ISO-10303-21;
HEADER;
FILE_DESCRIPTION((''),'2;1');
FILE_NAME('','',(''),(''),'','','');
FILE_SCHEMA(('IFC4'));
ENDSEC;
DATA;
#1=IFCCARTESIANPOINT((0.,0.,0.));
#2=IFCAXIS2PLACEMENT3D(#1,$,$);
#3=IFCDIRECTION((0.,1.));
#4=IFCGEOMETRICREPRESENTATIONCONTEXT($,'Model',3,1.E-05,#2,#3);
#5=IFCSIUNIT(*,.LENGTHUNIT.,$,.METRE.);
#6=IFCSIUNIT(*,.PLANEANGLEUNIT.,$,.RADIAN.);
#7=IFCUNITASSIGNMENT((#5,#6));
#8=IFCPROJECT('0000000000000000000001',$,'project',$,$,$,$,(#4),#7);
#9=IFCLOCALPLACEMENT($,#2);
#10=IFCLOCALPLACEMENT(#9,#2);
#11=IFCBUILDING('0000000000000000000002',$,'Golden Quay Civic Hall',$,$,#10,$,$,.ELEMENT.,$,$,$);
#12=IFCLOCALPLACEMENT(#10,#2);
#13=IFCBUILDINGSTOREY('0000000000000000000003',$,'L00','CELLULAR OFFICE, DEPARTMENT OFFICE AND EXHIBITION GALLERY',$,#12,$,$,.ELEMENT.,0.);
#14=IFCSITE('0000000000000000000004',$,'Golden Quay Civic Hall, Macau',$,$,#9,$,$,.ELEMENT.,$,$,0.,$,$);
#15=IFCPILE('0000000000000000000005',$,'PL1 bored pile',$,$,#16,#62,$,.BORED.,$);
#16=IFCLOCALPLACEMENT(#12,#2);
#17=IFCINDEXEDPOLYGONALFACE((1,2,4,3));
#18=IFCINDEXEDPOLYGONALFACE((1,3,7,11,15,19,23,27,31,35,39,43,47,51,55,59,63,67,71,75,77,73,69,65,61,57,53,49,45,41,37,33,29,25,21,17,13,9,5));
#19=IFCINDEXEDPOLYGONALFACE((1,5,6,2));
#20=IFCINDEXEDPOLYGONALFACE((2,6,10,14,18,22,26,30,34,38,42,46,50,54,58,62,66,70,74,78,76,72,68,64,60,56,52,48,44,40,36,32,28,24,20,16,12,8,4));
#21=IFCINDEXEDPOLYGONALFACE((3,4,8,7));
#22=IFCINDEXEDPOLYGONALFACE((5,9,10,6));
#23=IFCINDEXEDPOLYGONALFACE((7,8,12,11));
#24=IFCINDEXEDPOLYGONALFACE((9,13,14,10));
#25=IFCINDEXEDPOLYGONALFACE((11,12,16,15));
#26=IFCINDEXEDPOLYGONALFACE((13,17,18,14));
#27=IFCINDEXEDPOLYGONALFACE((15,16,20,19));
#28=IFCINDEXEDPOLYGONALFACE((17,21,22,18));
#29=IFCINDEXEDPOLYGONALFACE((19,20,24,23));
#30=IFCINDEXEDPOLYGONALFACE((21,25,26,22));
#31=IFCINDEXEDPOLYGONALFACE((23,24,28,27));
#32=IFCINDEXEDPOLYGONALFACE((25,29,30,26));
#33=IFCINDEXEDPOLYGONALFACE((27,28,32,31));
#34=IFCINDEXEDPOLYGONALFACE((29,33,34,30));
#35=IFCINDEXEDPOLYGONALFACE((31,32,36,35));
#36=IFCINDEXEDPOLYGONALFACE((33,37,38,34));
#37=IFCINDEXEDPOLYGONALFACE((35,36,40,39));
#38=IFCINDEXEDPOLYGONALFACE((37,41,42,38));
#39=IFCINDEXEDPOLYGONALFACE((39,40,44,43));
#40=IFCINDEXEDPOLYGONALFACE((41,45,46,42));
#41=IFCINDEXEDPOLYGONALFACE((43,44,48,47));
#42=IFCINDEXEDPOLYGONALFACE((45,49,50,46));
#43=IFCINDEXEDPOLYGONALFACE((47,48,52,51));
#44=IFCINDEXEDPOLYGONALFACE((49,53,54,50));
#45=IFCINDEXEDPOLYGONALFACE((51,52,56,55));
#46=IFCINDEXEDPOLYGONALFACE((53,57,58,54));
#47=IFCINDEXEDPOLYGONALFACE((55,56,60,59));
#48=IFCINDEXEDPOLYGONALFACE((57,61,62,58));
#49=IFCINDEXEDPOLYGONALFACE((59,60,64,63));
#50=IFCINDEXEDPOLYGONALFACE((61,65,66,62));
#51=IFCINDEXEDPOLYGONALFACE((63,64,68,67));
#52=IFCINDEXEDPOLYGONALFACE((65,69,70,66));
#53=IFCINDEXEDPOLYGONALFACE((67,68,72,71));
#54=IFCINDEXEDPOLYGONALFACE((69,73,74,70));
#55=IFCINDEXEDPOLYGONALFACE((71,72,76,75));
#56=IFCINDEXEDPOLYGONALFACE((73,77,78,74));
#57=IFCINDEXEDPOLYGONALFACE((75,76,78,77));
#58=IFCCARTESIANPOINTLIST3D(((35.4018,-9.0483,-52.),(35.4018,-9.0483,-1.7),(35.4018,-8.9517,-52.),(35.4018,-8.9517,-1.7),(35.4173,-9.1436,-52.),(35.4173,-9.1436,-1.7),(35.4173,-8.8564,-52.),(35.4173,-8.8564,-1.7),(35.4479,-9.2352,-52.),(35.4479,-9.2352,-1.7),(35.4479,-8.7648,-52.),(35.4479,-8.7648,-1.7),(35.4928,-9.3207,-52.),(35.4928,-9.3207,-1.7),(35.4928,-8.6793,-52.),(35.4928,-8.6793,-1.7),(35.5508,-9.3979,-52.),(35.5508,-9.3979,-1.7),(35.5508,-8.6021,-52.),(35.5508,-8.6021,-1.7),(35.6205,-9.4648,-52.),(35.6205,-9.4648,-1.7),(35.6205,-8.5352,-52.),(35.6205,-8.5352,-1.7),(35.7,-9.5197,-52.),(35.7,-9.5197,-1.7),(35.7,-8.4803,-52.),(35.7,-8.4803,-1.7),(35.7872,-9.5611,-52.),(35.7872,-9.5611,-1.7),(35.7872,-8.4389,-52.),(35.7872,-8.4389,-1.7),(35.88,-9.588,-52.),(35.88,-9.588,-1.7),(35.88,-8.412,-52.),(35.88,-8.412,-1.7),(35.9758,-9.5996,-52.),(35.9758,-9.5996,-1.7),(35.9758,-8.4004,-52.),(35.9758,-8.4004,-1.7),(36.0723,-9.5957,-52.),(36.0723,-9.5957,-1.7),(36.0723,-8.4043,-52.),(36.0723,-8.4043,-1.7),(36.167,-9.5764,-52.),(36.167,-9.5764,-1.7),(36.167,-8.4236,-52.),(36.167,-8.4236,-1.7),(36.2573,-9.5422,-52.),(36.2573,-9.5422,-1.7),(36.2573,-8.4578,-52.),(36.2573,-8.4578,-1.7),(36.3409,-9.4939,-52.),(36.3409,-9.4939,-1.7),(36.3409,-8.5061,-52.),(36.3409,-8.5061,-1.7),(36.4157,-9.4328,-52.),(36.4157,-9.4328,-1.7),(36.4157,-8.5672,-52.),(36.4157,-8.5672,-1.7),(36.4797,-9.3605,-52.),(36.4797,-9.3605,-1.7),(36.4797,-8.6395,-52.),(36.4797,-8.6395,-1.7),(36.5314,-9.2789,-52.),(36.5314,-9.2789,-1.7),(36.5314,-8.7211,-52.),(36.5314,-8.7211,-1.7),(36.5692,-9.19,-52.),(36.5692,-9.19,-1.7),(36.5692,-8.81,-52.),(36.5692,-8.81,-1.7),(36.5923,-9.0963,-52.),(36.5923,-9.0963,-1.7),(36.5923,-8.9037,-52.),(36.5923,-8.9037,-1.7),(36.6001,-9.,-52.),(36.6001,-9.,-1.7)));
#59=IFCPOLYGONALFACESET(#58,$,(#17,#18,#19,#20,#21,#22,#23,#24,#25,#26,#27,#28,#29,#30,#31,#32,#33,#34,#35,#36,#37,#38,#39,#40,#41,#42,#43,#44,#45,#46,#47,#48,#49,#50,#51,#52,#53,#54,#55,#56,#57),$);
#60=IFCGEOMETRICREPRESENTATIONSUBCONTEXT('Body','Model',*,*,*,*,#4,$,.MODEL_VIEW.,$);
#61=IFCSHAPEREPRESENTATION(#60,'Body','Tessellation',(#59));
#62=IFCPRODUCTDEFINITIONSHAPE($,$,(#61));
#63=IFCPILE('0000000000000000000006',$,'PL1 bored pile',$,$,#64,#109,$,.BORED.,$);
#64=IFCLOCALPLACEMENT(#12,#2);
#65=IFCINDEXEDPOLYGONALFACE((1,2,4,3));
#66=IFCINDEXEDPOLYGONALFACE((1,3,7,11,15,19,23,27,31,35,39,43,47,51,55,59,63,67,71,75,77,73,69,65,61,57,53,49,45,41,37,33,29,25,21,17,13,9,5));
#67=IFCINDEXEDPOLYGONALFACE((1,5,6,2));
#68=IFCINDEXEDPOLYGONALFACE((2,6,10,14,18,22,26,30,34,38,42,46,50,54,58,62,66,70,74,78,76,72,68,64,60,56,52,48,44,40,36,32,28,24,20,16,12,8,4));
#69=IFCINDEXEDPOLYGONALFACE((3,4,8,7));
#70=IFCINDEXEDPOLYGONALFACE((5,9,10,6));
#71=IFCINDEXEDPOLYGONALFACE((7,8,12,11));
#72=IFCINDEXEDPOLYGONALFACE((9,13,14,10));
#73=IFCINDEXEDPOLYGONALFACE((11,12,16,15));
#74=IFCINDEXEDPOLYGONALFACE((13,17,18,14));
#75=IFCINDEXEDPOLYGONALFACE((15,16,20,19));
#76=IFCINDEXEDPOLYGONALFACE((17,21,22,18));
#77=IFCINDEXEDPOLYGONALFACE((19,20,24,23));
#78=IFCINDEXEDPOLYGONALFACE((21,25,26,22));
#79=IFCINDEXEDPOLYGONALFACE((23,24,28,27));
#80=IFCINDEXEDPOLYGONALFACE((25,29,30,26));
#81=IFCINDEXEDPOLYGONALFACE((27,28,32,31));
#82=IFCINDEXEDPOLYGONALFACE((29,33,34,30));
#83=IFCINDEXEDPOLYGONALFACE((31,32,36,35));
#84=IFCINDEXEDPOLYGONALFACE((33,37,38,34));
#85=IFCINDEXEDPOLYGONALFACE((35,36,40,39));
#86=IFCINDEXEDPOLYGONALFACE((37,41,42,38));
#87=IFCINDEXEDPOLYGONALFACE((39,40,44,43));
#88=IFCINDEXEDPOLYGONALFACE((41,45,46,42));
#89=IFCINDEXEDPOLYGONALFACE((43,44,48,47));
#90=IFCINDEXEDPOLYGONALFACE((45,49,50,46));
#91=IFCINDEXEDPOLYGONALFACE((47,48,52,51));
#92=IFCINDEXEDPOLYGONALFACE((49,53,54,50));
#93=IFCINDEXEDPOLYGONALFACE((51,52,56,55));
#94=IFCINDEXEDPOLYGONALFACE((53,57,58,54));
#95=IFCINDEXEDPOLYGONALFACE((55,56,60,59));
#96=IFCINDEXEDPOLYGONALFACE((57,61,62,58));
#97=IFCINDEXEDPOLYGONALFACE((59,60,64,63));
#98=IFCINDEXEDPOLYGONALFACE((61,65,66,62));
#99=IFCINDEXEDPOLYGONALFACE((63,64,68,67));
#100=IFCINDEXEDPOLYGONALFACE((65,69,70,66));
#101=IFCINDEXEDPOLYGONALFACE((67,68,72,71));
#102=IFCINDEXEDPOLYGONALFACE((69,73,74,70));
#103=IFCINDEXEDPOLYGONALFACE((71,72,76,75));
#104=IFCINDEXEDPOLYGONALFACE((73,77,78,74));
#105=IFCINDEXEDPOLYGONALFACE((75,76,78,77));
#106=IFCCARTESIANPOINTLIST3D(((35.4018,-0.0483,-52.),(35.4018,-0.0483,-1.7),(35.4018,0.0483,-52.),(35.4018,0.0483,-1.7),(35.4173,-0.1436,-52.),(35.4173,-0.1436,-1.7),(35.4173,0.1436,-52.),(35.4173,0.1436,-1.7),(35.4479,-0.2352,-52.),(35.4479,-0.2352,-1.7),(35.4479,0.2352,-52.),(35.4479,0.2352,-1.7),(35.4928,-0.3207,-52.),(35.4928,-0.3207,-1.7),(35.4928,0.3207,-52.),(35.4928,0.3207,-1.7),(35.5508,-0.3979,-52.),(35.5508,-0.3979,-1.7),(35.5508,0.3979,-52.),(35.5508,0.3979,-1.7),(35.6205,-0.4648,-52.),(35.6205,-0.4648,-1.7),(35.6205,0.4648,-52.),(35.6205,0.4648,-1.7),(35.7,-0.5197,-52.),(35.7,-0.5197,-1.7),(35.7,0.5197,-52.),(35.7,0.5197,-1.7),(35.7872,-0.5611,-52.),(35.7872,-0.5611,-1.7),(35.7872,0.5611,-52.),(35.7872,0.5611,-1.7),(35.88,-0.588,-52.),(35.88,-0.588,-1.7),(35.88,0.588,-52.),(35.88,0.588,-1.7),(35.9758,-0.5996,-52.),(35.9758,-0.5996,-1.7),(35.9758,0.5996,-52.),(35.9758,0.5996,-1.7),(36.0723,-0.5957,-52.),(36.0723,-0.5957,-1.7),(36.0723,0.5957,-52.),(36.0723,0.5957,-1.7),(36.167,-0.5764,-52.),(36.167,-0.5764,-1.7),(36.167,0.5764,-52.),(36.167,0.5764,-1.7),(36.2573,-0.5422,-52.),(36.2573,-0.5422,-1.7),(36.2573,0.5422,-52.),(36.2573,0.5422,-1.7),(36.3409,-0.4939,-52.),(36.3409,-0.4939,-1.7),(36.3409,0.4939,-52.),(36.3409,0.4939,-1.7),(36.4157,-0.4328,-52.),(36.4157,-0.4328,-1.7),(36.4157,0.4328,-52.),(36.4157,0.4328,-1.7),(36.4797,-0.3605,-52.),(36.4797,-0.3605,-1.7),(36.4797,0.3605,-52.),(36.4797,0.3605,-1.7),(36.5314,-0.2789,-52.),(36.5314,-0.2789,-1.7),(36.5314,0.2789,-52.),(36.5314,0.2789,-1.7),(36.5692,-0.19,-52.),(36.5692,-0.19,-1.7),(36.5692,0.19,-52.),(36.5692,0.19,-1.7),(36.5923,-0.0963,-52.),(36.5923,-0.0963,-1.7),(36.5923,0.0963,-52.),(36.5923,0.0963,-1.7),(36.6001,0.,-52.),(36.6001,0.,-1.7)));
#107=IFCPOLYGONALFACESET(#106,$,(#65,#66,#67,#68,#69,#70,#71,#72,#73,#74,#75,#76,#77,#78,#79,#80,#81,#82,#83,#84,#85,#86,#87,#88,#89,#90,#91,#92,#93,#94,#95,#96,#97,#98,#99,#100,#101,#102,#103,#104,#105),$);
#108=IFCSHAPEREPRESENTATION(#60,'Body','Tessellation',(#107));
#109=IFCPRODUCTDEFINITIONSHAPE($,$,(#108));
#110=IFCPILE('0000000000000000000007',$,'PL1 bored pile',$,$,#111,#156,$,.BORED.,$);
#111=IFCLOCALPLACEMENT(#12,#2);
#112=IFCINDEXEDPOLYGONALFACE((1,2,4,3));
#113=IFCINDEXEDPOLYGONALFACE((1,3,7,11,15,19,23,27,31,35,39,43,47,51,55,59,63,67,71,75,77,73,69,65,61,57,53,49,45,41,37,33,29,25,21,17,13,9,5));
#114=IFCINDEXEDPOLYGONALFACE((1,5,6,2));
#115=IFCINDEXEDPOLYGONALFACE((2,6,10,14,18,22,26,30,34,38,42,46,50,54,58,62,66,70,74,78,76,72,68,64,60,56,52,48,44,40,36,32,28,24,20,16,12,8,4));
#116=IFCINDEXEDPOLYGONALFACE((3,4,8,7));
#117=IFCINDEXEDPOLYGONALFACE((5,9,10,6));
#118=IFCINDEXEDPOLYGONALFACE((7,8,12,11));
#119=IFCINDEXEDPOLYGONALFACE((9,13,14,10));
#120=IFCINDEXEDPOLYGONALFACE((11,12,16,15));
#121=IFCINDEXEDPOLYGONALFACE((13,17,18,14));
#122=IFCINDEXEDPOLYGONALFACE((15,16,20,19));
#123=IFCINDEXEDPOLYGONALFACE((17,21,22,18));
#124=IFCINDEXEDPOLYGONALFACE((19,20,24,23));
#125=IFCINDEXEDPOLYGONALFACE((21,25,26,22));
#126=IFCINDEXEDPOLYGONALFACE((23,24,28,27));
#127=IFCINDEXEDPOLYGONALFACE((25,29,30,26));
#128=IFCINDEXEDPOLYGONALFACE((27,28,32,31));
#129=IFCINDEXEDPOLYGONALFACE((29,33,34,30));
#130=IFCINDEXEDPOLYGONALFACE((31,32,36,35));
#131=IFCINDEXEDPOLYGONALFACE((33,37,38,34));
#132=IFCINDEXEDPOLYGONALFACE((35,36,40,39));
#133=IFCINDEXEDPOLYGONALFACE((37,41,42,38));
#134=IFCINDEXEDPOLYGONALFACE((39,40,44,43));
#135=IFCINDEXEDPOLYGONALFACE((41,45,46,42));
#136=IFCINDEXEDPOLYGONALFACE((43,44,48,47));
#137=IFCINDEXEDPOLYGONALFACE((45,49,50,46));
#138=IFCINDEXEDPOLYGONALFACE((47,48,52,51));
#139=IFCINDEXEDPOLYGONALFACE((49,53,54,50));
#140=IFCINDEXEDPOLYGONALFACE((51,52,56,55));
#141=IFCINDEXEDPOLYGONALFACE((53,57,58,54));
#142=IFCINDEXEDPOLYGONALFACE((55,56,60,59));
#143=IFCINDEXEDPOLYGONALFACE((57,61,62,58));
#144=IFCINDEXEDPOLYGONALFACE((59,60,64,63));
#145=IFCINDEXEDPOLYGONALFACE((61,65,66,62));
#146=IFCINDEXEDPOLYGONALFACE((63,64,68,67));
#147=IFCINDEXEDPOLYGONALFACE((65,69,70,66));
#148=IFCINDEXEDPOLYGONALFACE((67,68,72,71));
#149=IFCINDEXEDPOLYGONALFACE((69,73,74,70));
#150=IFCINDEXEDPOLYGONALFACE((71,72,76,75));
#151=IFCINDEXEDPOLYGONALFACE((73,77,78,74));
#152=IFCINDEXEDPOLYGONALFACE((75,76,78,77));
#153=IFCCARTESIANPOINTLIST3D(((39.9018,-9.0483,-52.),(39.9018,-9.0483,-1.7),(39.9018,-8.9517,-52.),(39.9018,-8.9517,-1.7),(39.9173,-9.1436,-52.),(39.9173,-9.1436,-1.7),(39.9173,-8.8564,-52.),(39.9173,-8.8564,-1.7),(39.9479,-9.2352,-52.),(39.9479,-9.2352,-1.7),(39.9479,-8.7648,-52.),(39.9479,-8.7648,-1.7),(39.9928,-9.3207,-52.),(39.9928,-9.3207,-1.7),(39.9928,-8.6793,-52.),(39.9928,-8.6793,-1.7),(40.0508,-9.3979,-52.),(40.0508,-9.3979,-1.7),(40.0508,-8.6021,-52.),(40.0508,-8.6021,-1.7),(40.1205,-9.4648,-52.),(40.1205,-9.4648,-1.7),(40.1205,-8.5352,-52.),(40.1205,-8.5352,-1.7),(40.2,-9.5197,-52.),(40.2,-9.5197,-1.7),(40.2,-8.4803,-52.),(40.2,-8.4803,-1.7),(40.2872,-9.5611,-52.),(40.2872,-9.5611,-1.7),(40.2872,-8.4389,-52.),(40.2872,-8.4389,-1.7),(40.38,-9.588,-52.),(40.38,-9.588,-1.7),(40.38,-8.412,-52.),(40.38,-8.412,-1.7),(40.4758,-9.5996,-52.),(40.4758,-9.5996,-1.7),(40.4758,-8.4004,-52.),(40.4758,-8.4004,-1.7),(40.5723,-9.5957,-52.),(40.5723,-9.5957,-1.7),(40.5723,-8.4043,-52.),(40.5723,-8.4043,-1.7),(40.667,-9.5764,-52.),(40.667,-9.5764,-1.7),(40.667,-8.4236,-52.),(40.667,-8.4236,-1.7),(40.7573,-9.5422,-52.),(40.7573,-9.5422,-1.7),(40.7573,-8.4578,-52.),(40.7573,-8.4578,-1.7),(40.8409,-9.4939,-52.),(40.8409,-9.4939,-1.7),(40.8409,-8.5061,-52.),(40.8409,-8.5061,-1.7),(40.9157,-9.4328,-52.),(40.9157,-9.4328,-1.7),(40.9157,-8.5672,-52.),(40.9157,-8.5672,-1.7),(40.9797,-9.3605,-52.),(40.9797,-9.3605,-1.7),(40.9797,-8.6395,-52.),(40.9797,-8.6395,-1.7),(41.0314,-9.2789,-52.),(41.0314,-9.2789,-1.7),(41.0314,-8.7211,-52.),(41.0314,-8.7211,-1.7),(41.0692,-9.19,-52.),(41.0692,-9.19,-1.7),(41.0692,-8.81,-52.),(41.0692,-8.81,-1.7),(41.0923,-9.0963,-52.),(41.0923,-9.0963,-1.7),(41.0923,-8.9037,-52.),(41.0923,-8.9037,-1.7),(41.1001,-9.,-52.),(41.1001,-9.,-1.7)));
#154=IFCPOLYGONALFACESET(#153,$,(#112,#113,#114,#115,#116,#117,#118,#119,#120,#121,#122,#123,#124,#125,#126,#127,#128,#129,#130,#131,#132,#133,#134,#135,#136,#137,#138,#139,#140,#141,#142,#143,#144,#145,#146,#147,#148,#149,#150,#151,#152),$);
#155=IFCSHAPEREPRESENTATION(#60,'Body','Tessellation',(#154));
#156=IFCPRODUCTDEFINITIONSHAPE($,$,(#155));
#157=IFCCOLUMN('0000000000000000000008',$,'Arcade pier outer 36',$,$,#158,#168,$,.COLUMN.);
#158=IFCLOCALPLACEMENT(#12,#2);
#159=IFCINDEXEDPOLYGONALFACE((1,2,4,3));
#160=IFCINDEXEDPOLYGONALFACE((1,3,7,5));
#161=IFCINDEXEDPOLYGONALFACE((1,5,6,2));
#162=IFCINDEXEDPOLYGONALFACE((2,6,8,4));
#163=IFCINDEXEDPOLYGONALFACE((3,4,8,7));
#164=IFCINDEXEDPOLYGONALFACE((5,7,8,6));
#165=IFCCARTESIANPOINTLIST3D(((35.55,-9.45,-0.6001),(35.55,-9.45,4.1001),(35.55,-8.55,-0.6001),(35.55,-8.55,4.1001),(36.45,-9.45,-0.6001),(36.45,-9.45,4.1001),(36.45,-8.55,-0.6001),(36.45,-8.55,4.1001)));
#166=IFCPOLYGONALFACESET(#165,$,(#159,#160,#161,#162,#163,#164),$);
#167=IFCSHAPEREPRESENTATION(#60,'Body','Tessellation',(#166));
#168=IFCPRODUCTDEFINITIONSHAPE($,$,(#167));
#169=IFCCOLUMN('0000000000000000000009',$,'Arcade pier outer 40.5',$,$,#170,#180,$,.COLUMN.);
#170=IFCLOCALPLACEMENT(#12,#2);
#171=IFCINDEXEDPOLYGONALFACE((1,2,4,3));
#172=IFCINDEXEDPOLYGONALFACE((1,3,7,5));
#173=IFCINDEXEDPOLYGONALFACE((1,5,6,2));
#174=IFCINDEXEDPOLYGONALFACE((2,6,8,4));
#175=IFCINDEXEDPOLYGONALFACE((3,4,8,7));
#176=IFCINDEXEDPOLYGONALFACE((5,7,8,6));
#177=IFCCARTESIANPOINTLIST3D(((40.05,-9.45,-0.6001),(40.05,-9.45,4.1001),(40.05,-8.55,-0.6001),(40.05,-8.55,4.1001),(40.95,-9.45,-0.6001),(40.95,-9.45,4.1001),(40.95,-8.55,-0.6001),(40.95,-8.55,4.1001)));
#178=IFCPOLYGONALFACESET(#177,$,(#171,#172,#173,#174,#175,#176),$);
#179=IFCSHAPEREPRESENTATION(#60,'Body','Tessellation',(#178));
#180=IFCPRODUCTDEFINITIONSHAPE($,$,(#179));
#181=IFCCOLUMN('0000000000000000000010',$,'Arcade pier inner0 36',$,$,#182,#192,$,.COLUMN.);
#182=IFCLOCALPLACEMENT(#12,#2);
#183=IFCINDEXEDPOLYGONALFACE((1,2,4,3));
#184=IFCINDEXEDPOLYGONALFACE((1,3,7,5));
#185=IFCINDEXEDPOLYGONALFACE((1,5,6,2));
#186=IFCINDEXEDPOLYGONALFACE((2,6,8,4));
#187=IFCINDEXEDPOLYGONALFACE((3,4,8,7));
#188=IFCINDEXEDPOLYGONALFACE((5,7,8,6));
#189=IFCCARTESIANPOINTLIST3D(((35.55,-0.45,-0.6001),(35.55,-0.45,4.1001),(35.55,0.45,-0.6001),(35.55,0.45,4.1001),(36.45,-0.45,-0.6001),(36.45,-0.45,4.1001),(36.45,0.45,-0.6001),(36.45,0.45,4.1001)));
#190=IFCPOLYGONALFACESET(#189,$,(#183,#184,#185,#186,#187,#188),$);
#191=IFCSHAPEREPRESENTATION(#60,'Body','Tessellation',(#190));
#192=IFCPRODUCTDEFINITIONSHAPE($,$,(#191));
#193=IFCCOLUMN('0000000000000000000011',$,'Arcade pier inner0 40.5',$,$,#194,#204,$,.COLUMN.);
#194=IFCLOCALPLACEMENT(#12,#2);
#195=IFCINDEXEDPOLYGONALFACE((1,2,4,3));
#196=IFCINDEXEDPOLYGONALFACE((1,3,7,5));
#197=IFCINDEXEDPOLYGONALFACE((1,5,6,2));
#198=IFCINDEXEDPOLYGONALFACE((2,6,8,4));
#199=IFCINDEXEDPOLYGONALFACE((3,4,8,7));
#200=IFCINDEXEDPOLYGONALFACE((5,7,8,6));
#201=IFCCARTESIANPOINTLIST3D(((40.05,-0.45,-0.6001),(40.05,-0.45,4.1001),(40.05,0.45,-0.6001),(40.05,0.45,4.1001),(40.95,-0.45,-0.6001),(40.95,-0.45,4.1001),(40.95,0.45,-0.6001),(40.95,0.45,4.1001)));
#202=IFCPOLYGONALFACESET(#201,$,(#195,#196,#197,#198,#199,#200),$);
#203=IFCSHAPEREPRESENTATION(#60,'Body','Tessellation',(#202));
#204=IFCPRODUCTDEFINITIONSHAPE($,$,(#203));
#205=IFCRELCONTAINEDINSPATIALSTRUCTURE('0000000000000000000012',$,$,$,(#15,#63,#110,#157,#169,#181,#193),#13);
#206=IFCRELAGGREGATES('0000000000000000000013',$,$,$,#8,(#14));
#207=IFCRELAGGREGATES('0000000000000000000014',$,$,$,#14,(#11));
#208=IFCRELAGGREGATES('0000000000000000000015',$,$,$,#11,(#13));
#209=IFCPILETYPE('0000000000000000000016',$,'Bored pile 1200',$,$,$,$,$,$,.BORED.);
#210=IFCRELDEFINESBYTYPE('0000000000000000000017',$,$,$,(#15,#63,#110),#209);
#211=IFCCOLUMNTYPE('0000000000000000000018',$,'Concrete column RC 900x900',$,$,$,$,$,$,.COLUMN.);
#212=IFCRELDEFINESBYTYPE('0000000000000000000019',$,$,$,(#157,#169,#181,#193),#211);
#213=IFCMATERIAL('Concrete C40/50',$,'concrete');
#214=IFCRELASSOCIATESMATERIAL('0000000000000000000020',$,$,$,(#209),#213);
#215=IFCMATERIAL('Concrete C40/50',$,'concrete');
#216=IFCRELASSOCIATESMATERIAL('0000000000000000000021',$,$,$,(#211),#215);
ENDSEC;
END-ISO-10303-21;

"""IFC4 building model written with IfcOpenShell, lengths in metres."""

from ifc_helpers import new_model, si_unit, direction, frame, origin, origin_2d, place, context, subcontext, project, spatial, rectangle, circle, extrude, material, material_profile, profile_set, type_object, element, save


model = new_model("IFC4")

# Units and contexts
model_context = context("Model", 3, precision=1e-05, world=origin(), true_north=direction((0.0, 1.0)))
body_context = subcontext(model_context, "Body", "Model", "MODEL_VIEW")
ifc_project = project(units=[si_unit("LENGTHUNIT", "METRE"), si_unit("PLANEANGLEUNIT", "RADIAN")], contexts=[model_context])

# Site, building, storey
site_placement = place(None, origin())
site = spatial("IfcSite", under=ifc_project, at=site_placement, Name="Golden Quay Civic Hall, Macau", CompositionType="ELEMENT", RefElevation=0.0)
building_placement = place(site_placement, origin())
building = spatial("IfcBuilding", under=site, at=building_placement, Name="Golden Quay Civic Hall", CompositionType="ELEMENT")
storey_placement = place(building_placement, origin())
storey = spatial("IfcBuildingStorey", under=building, at=storey_placement, Name="L00", Description="CELLULAR OFFICE, DEPARTMENT OFFICE AND EXHIBITION GALLERY", CompositionType="ELEMENT", Elevation=0.0)

# Piles
ifc_material_1 = material(Name="Concrete C40/50", Category="concrete")
ifc_material_profile_1 = material_profile(ifc_material_1, circle(Radius=0.6001, at=origin_2d()), Name="RC D1200")
ifc_profile_set_1 = profile_set([ifc_material_profile_1], Name="Concrete C40/50")
pile_type = type_object("IfcPileType", Name="Bored pile 1200", PredefinedType="BORED", material=ifc_profile_set_1)
for number, where, z_axis, x_axis, name in (
    (1, (36.0, -9.0, -1.7), (0.0, 0.0, -1.0), (1.0, 0.0, 0.0), "PL1 bored pile"),
    (2, (36.0, 0.0, -1.7), (0.0, 0.0, -1.0), (1.0, 0.0, 0.0), "PL1 bored pile"),
    (3, (40.5, -9.0, -1.7), (0.0, 0.0, -1.0), (1.0, 0.0, 0.0), "PL1 bored pile"),
):
    element("IfcPile", number, at=place(storey_placement, frame(where, z_axis=z_axis, x_axis=x_axis)), inside=storey, type_object=pile_type, Name=name, PredefinedType="BORED", context=body_context, shape_type="SweptSolid", body=[
        extrude(circle(Radius=0.6001, at=origin_2d()), origin(), (0.0, 0.0, 1.0), 50.3),
    ])

# Columns
ifc_material_2 = material(Name="Concrete C40/50", Category="concrete")
ifc_material_profile_2 = material_profile(ifc_material_2, rectangle(XDim=0.8999, YDim=0.8999, at=origin_2d()), Name="RC 900x900")
ifc_profile_set_2 = profile_set([ifc_material_profile_2], Name="Concrete C40/50")
column_type = type_object("IfcColumnType", Name="Concrete column RC 900x900", PredefinedType="COLUMN", material=ifc_profile_set_2)
for number, where, z_axis, x_axis, name in (
    (4, (36.0, -9.0, -0.6001), (0.0, 0.0, 1.0), (1.0, 0.0, 0.0), "Arcade pier outer 36"),
    (5, (40.5, -9.0, -0.6001), (0.0, 0.0, 1.0), (1.0, 0.0, 0.0), "Arcade pier outer 40.5"),
    (6, (36.0, 0.0, -0.6001), (0.0, 0.0, 1.0), (1.0, 0.0, 0.0), "Arcade pier inner0 36"),
    (7, (40.5, 0.0, -0.6001), (0.0, 0.0, 1.0), (1.0, 0.0, 0.0), "Arcade pier inner0 40.5"),
):
    element("IfcColumn", number, at=place(storey_placement, frame(where, z_axis=z_axis, x_axis=x_axis)), inside=storey, type_object=column_type, Name=name, PredefinedType="COLUMN", context=body_context, shape_type="SweptSolid", body=[
        extrude(rectangle(XDim=0.8999, YDim=0.8999, at=origin_2d()), origin(), (0.0, 0.0, 1.0), 4.7002),
    ])

save(model, "model.ifc")
